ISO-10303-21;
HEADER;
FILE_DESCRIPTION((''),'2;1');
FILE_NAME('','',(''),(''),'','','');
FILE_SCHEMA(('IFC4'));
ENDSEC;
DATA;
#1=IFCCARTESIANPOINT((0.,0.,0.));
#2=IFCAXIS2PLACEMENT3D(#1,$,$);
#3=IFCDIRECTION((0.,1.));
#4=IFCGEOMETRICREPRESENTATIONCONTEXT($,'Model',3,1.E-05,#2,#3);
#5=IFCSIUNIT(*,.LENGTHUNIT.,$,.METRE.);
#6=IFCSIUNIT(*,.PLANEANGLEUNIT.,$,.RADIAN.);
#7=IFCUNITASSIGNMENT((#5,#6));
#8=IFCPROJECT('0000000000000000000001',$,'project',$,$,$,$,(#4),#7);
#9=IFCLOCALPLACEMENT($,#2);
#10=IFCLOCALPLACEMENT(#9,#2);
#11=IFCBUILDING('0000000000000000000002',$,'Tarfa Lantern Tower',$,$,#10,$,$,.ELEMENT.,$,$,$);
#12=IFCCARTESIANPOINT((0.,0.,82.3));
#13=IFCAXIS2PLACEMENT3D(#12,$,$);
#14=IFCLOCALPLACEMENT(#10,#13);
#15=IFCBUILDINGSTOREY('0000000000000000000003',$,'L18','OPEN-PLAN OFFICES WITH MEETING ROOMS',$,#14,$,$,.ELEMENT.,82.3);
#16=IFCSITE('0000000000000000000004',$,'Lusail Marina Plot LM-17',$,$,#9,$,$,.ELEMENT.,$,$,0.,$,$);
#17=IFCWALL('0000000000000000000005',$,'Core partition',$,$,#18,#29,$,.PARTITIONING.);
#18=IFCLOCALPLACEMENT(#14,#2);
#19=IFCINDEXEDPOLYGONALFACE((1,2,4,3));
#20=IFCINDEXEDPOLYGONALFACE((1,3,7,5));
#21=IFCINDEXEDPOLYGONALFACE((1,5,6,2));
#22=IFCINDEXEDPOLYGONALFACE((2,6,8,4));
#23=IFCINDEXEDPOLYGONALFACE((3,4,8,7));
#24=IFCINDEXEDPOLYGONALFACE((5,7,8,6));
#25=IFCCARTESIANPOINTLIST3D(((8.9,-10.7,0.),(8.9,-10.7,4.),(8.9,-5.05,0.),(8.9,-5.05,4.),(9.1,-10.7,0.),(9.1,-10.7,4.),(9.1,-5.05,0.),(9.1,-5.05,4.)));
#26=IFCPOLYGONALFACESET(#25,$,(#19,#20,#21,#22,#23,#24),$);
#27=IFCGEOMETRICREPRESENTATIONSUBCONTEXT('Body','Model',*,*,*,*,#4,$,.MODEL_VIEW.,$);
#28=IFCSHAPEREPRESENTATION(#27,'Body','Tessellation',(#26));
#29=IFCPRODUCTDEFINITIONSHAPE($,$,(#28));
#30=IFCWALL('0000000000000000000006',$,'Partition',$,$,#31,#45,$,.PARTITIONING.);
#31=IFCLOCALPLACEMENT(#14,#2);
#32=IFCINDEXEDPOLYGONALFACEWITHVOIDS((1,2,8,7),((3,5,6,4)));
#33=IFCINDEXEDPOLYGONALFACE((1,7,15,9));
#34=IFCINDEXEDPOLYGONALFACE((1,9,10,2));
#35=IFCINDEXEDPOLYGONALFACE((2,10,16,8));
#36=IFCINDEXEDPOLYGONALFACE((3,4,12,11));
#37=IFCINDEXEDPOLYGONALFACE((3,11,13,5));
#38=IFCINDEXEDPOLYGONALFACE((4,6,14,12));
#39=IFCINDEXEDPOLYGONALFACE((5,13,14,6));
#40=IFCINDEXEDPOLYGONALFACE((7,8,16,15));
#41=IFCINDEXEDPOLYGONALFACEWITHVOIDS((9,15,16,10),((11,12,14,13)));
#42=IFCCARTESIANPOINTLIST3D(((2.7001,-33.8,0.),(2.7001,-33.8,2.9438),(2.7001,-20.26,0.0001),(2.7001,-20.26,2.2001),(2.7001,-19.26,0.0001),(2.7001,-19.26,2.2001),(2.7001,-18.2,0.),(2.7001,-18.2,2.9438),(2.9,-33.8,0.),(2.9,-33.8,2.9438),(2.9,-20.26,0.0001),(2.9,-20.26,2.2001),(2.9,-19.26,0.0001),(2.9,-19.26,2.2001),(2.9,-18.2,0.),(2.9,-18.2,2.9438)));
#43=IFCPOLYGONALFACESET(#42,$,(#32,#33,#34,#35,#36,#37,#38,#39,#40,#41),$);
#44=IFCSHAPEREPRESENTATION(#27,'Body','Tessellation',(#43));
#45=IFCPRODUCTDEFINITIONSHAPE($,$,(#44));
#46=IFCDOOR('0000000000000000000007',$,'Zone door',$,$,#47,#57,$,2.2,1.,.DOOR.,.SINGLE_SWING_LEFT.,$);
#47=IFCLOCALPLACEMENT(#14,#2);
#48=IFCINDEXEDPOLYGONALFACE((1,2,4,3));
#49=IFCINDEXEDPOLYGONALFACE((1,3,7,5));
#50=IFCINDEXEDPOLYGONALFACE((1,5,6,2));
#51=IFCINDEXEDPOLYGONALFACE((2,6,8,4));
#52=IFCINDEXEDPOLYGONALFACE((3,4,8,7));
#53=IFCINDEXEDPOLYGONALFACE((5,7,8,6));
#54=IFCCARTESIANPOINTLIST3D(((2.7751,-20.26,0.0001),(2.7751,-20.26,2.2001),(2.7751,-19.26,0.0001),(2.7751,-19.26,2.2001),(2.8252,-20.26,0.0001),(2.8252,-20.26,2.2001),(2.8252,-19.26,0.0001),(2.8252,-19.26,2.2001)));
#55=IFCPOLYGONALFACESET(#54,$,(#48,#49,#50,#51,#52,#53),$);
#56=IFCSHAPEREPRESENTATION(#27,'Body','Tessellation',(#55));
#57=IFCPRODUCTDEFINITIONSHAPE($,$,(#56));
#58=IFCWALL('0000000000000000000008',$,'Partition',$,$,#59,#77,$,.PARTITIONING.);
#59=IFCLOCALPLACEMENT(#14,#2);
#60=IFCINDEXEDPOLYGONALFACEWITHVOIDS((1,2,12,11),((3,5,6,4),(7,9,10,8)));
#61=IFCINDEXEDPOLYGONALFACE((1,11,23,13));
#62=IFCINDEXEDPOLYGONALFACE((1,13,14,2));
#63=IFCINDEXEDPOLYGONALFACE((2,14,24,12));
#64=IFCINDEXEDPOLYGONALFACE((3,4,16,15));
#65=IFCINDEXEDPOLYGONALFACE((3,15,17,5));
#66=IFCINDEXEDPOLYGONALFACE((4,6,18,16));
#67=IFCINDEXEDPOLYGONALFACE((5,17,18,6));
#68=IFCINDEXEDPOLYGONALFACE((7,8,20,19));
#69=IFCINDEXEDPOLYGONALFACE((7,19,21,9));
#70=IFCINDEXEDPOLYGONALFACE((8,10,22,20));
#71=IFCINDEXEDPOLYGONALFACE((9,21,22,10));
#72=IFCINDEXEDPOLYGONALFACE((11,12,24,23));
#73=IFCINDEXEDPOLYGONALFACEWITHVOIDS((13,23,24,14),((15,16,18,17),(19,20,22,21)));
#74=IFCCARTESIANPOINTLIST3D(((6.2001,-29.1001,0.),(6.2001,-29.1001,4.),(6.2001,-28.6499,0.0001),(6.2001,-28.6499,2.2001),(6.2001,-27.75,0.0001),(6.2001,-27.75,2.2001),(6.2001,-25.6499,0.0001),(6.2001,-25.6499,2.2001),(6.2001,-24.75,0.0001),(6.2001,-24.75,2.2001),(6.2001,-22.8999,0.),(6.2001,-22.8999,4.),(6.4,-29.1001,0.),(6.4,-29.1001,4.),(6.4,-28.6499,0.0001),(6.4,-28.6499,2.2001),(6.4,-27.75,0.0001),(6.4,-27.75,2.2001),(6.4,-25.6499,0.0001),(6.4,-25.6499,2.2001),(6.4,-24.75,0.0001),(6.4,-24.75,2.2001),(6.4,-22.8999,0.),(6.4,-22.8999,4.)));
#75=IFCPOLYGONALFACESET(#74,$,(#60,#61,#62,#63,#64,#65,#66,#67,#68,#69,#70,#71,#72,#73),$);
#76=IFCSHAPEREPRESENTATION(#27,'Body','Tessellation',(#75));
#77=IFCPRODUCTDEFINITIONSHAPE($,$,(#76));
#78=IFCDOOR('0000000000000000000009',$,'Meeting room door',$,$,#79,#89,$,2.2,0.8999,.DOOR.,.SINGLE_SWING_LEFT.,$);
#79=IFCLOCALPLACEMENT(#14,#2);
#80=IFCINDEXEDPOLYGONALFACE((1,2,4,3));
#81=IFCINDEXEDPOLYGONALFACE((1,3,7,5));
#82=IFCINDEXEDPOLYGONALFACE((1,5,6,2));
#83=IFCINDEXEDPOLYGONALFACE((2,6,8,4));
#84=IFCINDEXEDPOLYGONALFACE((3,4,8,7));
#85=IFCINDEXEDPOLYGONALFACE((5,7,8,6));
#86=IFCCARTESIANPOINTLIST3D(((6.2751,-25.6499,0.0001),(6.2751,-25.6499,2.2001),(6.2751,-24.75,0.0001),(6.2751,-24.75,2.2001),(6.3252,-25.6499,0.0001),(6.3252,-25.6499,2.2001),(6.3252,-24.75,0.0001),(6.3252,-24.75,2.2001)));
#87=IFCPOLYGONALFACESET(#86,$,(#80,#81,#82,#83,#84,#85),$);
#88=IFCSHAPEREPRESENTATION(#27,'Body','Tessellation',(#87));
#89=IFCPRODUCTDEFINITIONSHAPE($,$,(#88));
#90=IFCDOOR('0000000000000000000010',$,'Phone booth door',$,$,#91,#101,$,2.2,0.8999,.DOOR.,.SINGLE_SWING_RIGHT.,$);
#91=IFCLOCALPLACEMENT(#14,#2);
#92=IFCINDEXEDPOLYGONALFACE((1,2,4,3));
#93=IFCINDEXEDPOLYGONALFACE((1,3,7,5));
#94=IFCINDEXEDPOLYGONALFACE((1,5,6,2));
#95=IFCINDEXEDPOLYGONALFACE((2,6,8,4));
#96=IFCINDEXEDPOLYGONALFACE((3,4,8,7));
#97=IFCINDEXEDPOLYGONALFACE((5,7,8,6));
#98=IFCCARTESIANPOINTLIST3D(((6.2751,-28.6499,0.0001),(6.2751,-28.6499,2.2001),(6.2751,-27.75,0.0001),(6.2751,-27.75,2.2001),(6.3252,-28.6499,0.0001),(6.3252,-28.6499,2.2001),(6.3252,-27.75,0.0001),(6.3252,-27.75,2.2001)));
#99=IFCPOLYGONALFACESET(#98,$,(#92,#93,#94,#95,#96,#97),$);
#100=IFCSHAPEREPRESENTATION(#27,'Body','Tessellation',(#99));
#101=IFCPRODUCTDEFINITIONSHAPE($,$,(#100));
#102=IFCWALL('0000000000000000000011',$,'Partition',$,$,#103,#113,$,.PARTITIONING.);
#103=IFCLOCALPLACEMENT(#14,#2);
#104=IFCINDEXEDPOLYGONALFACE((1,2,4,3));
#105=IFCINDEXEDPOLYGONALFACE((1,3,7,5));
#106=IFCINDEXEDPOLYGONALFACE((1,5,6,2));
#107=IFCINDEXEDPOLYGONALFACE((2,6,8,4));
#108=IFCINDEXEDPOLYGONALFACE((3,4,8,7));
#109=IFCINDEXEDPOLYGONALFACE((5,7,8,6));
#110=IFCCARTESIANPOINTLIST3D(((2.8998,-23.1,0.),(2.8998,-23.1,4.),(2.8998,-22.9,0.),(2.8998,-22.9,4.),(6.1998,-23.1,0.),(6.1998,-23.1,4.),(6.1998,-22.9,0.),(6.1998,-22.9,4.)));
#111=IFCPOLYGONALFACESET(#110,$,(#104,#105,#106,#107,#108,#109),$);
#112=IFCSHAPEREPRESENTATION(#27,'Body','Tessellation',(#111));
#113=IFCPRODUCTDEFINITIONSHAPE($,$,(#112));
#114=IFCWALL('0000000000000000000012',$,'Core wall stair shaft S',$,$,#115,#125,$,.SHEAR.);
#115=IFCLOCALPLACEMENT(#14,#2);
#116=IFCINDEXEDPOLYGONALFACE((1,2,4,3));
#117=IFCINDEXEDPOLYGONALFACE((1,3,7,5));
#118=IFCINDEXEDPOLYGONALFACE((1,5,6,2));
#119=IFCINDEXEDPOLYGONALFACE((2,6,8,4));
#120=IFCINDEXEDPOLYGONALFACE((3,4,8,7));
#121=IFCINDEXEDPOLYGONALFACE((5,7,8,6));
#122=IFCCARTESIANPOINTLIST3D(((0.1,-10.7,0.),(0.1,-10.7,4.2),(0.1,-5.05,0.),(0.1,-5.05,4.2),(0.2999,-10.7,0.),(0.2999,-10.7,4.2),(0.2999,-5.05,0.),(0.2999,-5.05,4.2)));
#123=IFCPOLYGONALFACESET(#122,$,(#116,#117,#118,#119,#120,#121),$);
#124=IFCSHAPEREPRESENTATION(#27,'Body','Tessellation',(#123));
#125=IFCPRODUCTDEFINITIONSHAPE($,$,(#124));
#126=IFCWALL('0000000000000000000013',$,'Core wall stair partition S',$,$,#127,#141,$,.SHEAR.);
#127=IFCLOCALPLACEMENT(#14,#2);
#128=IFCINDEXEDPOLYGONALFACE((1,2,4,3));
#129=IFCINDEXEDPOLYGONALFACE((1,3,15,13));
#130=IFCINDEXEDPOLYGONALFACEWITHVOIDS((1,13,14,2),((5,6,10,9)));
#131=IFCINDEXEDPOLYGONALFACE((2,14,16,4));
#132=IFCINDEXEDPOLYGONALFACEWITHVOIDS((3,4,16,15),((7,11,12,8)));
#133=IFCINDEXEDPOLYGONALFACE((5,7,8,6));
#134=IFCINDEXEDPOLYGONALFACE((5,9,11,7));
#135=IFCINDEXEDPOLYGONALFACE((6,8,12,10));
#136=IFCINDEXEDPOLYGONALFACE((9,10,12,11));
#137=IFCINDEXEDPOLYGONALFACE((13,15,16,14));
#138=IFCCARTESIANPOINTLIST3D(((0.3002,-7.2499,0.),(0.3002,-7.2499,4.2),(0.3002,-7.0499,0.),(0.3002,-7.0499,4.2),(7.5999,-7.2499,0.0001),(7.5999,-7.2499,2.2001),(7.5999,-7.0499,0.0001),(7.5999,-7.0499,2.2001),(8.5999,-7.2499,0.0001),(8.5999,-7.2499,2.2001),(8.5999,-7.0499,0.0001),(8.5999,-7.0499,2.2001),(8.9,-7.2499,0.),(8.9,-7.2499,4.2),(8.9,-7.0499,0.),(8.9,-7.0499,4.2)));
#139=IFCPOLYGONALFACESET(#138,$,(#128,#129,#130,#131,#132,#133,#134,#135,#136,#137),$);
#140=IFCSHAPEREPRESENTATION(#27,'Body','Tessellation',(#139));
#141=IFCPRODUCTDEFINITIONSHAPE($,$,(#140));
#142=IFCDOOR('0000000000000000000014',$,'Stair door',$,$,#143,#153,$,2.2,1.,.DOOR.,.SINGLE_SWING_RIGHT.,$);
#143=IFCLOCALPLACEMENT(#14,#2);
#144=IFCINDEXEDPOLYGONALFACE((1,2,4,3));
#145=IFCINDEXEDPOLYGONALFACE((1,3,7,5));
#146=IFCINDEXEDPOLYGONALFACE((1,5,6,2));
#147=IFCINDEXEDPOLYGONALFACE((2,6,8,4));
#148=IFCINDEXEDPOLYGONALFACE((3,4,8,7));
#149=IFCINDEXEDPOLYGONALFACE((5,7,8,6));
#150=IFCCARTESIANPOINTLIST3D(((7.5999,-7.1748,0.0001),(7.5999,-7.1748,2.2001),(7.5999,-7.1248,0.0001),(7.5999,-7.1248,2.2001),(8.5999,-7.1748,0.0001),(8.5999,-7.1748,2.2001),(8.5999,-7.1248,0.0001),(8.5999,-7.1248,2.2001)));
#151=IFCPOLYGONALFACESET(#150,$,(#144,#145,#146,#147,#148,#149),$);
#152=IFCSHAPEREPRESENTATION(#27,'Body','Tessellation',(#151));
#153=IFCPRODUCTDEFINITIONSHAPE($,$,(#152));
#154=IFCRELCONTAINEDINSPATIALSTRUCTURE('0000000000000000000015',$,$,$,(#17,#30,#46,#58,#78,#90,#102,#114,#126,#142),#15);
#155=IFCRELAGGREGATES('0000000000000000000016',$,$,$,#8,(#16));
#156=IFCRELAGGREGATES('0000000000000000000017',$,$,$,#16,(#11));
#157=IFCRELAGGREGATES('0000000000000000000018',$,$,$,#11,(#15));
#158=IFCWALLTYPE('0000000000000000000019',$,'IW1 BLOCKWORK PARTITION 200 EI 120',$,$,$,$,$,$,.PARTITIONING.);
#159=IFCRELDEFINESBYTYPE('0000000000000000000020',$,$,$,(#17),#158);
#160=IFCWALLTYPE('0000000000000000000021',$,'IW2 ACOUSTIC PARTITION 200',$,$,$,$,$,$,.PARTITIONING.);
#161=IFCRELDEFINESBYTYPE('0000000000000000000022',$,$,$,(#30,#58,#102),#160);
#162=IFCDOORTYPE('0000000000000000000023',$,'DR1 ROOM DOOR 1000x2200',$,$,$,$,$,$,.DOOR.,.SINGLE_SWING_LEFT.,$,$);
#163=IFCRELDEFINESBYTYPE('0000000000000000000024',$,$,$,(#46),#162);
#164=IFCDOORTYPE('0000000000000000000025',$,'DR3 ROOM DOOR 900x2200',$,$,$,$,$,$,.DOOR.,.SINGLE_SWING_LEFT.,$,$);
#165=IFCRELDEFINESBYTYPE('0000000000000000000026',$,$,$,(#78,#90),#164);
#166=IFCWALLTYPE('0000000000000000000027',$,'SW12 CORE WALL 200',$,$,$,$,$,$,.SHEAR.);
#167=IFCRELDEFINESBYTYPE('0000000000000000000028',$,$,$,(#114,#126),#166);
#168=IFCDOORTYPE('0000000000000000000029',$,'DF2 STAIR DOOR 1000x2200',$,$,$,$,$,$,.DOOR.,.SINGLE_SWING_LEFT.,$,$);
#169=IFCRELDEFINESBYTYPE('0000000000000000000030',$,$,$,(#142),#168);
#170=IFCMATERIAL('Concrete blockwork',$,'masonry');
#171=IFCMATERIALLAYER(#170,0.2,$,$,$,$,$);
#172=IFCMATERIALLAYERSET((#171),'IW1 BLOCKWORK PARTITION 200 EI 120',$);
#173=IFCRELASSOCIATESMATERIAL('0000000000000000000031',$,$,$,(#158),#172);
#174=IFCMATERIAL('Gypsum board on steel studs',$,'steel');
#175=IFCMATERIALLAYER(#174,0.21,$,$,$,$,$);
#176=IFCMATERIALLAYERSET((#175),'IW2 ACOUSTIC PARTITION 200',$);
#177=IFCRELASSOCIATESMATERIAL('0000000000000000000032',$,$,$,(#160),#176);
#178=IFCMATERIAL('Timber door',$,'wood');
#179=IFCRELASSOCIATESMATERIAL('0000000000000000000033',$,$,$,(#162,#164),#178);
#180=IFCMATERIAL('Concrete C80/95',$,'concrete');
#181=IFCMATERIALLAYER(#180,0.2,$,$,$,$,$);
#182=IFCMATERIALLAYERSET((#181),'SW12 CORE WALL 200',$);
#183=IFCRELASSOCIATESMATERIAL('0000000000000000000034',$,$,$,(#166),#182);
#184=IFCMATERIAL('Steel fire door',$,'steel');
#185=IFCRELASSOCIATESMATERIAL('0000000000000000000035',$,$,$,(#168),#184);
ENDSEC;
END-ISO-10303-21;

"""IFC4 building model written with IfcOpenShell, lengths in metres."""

from ifc_helpers import new_model, si_unit, direction, frame, frame_2d, origin, place, context, subcontext, project, spatial, rectangle, extrude, material, layer, layer_set, type_object, element, fill, save


model = new_model("IFC4")

# Units and contexts
model_context = context("Model", 3, precision=1e-05, world=origin(), true_north=direction((0.0, 1.0)))
body_context = subcontext(model_context, "Body", "Model", "MODEL_VIEW")
ifc_project = project(units=[si_unit("LENGTHUNIT", "METRE"), si_unit("PLANEANGLEUNIT", "RADIAN")], contexts=[model_context])

# Site, building, storey
site_placement = place(None, origin())
site = spatial("IfcSite", under=ifc_project, at=site_placement, Name="Lusail Marina Plot LM-17", CompositionType="ELEMENT", RefElevation=0.0)
building_placement = place(site_placement, origin())
building = spatial("IfcBuilding", under=site, at=building_placement, Name="Tarfa Lantern Tower", CompositionType="ELEMENT")
storey_placement = place(building_placement, frame((0.0, 0.0, 82.3)))
storey = spatial("IfcBuildingStorey", under=building, at=storey_placement, Name="L18", Description="OPEN-PLAN OFFICES WITH MEETING ROOMS", CompositionType="ELEMENT", Elevation=82.3)

# Wall
ifc_material_1 = material(Name="Concrete blockwork", Category="masonry")
ifc_layer_1 = layer(ifc_material_1, 0.2)
ifc_layer_set_1 = layer_set([ifc_layer_1], Name="IW1 BLOCKWORK PARTITION 200 EI 120")
wall_type_1 = type_object("IfcWallType", Name="IW1 BLOCKWORK PARTITION 200 EI 120", PredefinedType="PARTITIONING", material=ifc_layer_set_1)
wall_1_placement = place(storey_placement, frame((9.0, -5.05, 0.0), z_axis=(0.0, 0.0, 1.0), x_axis=(0.0, -1.0, 0.0)))
element("IfcWall", 1, at=wall_1_placement, inside=storey, type_object=wall_type_1, Name="Core partition", PredefinedType="PARTITIONING", context=body_context, shape_type="SweptSolid", body=[
    extrude(rectangle(XDim=5.6499, YDim=0.2, at=frame_2d((2.825, 0.0))), origin(), (0.0, 0.0, 1.0), 4.0),
])

# Wall, opening, door
ifc_material_2 = material(Name="Gypsum board on steel studs", Category="steel")
ifc_layer_2 = layer(ifc_material_2, 0.21)
ifc_layer_set_2 = layer_set([ifc_layer_2], Name="IW2 ACOUSTIC PARTITION 200")
wall_type_2 = type_object("IfcWallType", Name="IW2 ACOUSTIC PARTITION 200", PredefinedType="PARTITIONING", material=ifc_layer_set_2)
wall_2_placement = place(storey_placement, frame((2.8, -18.2, 0.0), z_axis=(0.0, 0.0, 1.0), x_axis=(0.0, -1.0, 0.0)))
wall_2 = element("IfcWall", 2, at=wall_2_placement, inside=storey, type_object=wall_type_2, Name="Partition", PredefinedType="PARTITIONING", context=body_context, shape_type="SweptSolid", body=[
    extrude(rectangle(XDim=15.6001, YDim=0.2, at=frame_2d((7.8, 0.0))), origin(), (0.0, 0.0, 1.0), 2.9438),
])
opening_1_placement = place(wall_2_placement, frame((1.0601, 0.0, 0.0)))
opening_1 = element("IfcOpeningElement", 3, at=opening_1_placement, cuts=wall_2, PredefinedType="OPENING", context=body_context, shape_type="SweptSolid", body=[
    extrude(rectangle(XDim=1.0, YDim=2.2, at=frame_2d((0.5, 1.1001))), frame((0.0, 0.1099, 0.0), z_axis=(0.0, -1.0, 0.0), x_axis=(1.0, 0.0, 0.0)), (0.0, 0.0, 1.0), 0.22),
])
ifc_material_3 = material(Name="Timber door", Category="wood")
door_type_1 = type_object("IfcDoorType", Name="DR1 ROOM DOOR 1000x2200", OperationType="SINGLE_SWING_LEFT", PredefinedType="DOOR", material=ifc_material_3)
door_1_placement = place(opening_1_placement, frame((1.0, 0.0, 0.0), z_axis=(0.0, 0.0, 1.0), x_axis=(-1.0, 0.0, 0.0)))
door_1 = element("IfcDoor", 4, at=door_1_placement, inside=storey, type_object=door_type_1, Name="Zone door", OperationType="SINGLE_SWING_LEFT", OverallHeight=2.2, OverallWidth=1.0, PredefinedType="DOOR", context=body_context, shape_type="SweptSolid", body=[
    extrude(rectangle(XDim=1.0, YDim=2.2, at=frame_2d((0.5, 1.1001))), frame((0.0, 0.0249, 0.0), z_axis=(0.0, -1.0, 0.0), x_axis=(1.0, 0.0, 0.0)), (0.0, 0.0, 1.0), 0.05),
])
fill(opening_1, door_1)

# Wall, openings, doors
wall_3_placement = place(storey_placement, frame((6.3, -22.8999, 0.0), z_axis=(0.0, 0.0, 1.0), x_axis=(0.0, -1.0, 0.0)))
wall_3 = element("IfcWall", 5, at=wall_3_placement, inside=storey, type_object=wall_type_2, Name="Partition", PredefinedType="PARTITIONING", context=body_context, shape_type="SweptSolid", body=[
    extrude(rectangle(XDim=6.2002, YDim=0.2, at=frame_2d((3.1001, 0.0))), origin(), (0.0, 0.0, 1.0), 4.0),
])
opening_2_placement = place(wall_3_placement, frame((1.8501, 0.0, 0.0)))
opening_2 = element("IfcOpeningElement", 6, at=opening_2_placement, cuts=wall_3, PredefinedType="OPENING", context=body_context, shape_type="SweptSolid", body=[
    extrude(rectangle(XDim=0.8999, YDim=2.2, at=frame_2d((0.45, 1.1001))), frame((0.0, 0.1099, 0.0), z_axis=(0.0, -1.0, 0.0), x_axis=(1.0, 0.0, 0.0)), (0.0, 0.0, 1.0), 0.22),
])
opening_3_placement = place(wall_3_placement, frame((4.8501, 0.0, 0.0)))
opening_3 = element("IfcOpeningElement", 7, at=opening_3_placement, cuts=wall_3, PredefinedType="OPENING", context=body_context, shape_type="SweptSolid", body=[
    extrude(rectangle(XDim=0.8999, YDim=2.2, at=frame_2d((0.45, 1.1001))), frame((0.0, 0.1099, 0.0), z_axis=(0.0, -1.0, 0.0), x_axis=(1.0, 0.0, 0.0)), (0.0, 0.0, 1.0), 0.22),
])
door_type_2 = type_object("IfcDoorType", Name="DR3 ROOM DOOR 900x2200", OperationType="SINGLE_SWING_LEFT", PredefinedType="DOOR", material=ifc_material_3)
door_2_placement = place(opening_2_placement, frame((0.8999, 0.0, 0.0), z_axis=(0.0, 0.0, 1.0), x_axis=(-1.0, 0.0, 0.0)))
door_2 = element("IfcDoor", 8, at=door_2_placement, inside=storey, type_object=door_type_2, Name="Meeting room door", OperationType="SINGLE_SWING_LEFT", OverallHeight=2.2, OverallWidth=0.8999, PredefinedType="DOOR", context=body_context, shape_type="SweptSolid", body=[
    extrude(rectangle(XDim=0.8999, YDim=2.2, at=frame_2d((0.45, 1.1001))), frame((0.0, 0.0249, 0.0), z_axis=(0.0, -1.0, 0.0), x_axis=(1.0, 0.0, 0.0)), (0.0, 0.0, 1.0), 0.05),
])
fill(opening_2, door_2)
door_3_placement = place(opening_3_placement, frame((0.8999, 0.0, 0.0), z_axis=(0.0, 0.0, 1.0), x_axis=(-1.0, 0.0, 0.0)))
door_3 = element("IfcDoor", 9, at=door_3_placement, inside=storey, type_object=door_type_2, Name="Phone booth door", OperationType="SINGLE_SWING_RIGHT", OverallHeight=2.2, OverallWidth=0.8999, PredefinedType="DOOR", context=body_context, shape_type="SweptSolid", body=[
    extrude(rectangle(XDim=0.8999, YDim=2.2, at=frame_2d((0.45, 1.1001))), frame((0.0, 0.0249, 0.0), z_axis=(0.0, -1.0, 0.0), x_axis=(1.0, 0.0, 0.0)), (0.0, 0.0, 1.0), 0.05),
])
fill(opening_3, door_3)

# Walls
wall_4_placement = place(storey_placement, frame((2.8999, -23.0, 0.0), z_axis=(0.0, 0.0, 1.0), x_axis=(1.0, 0.0, 0.0)))
element("IfcWall", 10, at=wall_4_placement, inside=storey, type_object=wall_type_2, Name="Partition", PredefinedType="PARTITIONING", context=body_context, shape_type="SweptSolid", body=[
    extrude(rectangle(XDim=3.3, YDim=0.2, at=frame_2d((1.6499, 0.0))), origin(), (0.0, 0.0, 1.0), 4.0),
])
ifc_material_4 = material(Name="Concrete C80/95", Category="concrete")
ifc_layer_3 = layer(ifc_material_4, 0.2)
ifc_layer_set_3 = layer_set([ifc_layer_3], Name="SW12 CORE WALL 200")
wall_type_3 = type_object("IfcWallType", Name="SW12 CORE WALL 200", PredefinedType="SHEAR", material=ifc_layer_set_3)
wall_5_placement = place(storey_placement, frame((0.2, -5.05, 0.0), z_axis=(0.0, 0.0, 1.0), x_axis=(0.0, -1.0, 0.0)))
element("IfcWall", 11, at=wall_5_placement, inside=storey, type_object=wall_type_3, Name="Core wall stair shaft S", PredefinedType="SHEAR", context=body_context, shape_type="SweptSolid", body=[
    extrude(rectangle(XDim=5.6499, YDim=0.2, at=frame_2d((2.825, 0.0))), origin(), (0.0, 0.0, 1.0), 4.2),
])

# Wall, opening, door
wall_6_placement = place(storey_placement, frame((8.8999, -7.1499, 0.0), z_axis=(0.0, 0.0, 1.0), x_axis=(-1.0, 0.0, 0.0)))
wall_6 = element("IfcWall", 12, at=wall_6_placement, inside=storey, type_object=wall_type_3, Name="Core wall stair partition S", PredefinedType="SHEAR", context=body_context, shape_type="SweptSolid", body=[
    extrude(rectangle(XDim=8.5999, YDim=0.2, at=frame_2d((4.2998, 0.0))), origin(), (0.0, 0.0, 1.0), 4.2),
])
opening_4_placement = place(wall_6_placement, frame((0.3, 0.0, 0.0)))
opening_4 = element("IfcOpeningElement", 13, at=opening_4_placement, cuts=wall_6, PredefinedType="OPENING", context=body_context, shape_type="SweptSolid", body=[
    extrude(rectangle(XDim=1.0, YDim=2.2, at=frame_2d((0.5, 1.1001))), frame((0.0, 0.1099, 0.0), z_axis=(0.0, -1.0, 0.0), x_axis=(1.0, 0.0, 0.0)), (0.0, 0.0, 1.0), 0.22),
])
ifc_material_5 = material(Name="Steel fire door", Category="steel")
door_type_3 = type_object("IfcDoorType", Name="DF2 STAIR DOOR 1000x2200", OperationType="SINGLE_SWING_LEFT", PredefinedType="DOOR", material=ifc_material_5)
door_4_placement = place(opening_4_placement, origin())
door_4 = element("IfcDoor", 14, at=door_4_placement, inside=storey, type_object=door_type_3, Name="Stair door", OperationType="SINGLE_SWING_RIGHT", OverallHeight=2.2, OverallWidth=1.0, PredefinedType="DOOR", context=body_context, shape_type="SweptSolid", body=[
    extrude(rectangle(XDim=1.0, YDim=2.2, at=frame_2d((0.5, 1.1001))), frame((0.0, 0.0249, 0.0), z_axis=(0.0, -1.0, 0.0), x_axis=(1.0, 0.0, 0.0)), (0.0, 0.0, 1.0), 0.05),
])
fill(opening_4, door_4)

save(model, "model.ifc")
